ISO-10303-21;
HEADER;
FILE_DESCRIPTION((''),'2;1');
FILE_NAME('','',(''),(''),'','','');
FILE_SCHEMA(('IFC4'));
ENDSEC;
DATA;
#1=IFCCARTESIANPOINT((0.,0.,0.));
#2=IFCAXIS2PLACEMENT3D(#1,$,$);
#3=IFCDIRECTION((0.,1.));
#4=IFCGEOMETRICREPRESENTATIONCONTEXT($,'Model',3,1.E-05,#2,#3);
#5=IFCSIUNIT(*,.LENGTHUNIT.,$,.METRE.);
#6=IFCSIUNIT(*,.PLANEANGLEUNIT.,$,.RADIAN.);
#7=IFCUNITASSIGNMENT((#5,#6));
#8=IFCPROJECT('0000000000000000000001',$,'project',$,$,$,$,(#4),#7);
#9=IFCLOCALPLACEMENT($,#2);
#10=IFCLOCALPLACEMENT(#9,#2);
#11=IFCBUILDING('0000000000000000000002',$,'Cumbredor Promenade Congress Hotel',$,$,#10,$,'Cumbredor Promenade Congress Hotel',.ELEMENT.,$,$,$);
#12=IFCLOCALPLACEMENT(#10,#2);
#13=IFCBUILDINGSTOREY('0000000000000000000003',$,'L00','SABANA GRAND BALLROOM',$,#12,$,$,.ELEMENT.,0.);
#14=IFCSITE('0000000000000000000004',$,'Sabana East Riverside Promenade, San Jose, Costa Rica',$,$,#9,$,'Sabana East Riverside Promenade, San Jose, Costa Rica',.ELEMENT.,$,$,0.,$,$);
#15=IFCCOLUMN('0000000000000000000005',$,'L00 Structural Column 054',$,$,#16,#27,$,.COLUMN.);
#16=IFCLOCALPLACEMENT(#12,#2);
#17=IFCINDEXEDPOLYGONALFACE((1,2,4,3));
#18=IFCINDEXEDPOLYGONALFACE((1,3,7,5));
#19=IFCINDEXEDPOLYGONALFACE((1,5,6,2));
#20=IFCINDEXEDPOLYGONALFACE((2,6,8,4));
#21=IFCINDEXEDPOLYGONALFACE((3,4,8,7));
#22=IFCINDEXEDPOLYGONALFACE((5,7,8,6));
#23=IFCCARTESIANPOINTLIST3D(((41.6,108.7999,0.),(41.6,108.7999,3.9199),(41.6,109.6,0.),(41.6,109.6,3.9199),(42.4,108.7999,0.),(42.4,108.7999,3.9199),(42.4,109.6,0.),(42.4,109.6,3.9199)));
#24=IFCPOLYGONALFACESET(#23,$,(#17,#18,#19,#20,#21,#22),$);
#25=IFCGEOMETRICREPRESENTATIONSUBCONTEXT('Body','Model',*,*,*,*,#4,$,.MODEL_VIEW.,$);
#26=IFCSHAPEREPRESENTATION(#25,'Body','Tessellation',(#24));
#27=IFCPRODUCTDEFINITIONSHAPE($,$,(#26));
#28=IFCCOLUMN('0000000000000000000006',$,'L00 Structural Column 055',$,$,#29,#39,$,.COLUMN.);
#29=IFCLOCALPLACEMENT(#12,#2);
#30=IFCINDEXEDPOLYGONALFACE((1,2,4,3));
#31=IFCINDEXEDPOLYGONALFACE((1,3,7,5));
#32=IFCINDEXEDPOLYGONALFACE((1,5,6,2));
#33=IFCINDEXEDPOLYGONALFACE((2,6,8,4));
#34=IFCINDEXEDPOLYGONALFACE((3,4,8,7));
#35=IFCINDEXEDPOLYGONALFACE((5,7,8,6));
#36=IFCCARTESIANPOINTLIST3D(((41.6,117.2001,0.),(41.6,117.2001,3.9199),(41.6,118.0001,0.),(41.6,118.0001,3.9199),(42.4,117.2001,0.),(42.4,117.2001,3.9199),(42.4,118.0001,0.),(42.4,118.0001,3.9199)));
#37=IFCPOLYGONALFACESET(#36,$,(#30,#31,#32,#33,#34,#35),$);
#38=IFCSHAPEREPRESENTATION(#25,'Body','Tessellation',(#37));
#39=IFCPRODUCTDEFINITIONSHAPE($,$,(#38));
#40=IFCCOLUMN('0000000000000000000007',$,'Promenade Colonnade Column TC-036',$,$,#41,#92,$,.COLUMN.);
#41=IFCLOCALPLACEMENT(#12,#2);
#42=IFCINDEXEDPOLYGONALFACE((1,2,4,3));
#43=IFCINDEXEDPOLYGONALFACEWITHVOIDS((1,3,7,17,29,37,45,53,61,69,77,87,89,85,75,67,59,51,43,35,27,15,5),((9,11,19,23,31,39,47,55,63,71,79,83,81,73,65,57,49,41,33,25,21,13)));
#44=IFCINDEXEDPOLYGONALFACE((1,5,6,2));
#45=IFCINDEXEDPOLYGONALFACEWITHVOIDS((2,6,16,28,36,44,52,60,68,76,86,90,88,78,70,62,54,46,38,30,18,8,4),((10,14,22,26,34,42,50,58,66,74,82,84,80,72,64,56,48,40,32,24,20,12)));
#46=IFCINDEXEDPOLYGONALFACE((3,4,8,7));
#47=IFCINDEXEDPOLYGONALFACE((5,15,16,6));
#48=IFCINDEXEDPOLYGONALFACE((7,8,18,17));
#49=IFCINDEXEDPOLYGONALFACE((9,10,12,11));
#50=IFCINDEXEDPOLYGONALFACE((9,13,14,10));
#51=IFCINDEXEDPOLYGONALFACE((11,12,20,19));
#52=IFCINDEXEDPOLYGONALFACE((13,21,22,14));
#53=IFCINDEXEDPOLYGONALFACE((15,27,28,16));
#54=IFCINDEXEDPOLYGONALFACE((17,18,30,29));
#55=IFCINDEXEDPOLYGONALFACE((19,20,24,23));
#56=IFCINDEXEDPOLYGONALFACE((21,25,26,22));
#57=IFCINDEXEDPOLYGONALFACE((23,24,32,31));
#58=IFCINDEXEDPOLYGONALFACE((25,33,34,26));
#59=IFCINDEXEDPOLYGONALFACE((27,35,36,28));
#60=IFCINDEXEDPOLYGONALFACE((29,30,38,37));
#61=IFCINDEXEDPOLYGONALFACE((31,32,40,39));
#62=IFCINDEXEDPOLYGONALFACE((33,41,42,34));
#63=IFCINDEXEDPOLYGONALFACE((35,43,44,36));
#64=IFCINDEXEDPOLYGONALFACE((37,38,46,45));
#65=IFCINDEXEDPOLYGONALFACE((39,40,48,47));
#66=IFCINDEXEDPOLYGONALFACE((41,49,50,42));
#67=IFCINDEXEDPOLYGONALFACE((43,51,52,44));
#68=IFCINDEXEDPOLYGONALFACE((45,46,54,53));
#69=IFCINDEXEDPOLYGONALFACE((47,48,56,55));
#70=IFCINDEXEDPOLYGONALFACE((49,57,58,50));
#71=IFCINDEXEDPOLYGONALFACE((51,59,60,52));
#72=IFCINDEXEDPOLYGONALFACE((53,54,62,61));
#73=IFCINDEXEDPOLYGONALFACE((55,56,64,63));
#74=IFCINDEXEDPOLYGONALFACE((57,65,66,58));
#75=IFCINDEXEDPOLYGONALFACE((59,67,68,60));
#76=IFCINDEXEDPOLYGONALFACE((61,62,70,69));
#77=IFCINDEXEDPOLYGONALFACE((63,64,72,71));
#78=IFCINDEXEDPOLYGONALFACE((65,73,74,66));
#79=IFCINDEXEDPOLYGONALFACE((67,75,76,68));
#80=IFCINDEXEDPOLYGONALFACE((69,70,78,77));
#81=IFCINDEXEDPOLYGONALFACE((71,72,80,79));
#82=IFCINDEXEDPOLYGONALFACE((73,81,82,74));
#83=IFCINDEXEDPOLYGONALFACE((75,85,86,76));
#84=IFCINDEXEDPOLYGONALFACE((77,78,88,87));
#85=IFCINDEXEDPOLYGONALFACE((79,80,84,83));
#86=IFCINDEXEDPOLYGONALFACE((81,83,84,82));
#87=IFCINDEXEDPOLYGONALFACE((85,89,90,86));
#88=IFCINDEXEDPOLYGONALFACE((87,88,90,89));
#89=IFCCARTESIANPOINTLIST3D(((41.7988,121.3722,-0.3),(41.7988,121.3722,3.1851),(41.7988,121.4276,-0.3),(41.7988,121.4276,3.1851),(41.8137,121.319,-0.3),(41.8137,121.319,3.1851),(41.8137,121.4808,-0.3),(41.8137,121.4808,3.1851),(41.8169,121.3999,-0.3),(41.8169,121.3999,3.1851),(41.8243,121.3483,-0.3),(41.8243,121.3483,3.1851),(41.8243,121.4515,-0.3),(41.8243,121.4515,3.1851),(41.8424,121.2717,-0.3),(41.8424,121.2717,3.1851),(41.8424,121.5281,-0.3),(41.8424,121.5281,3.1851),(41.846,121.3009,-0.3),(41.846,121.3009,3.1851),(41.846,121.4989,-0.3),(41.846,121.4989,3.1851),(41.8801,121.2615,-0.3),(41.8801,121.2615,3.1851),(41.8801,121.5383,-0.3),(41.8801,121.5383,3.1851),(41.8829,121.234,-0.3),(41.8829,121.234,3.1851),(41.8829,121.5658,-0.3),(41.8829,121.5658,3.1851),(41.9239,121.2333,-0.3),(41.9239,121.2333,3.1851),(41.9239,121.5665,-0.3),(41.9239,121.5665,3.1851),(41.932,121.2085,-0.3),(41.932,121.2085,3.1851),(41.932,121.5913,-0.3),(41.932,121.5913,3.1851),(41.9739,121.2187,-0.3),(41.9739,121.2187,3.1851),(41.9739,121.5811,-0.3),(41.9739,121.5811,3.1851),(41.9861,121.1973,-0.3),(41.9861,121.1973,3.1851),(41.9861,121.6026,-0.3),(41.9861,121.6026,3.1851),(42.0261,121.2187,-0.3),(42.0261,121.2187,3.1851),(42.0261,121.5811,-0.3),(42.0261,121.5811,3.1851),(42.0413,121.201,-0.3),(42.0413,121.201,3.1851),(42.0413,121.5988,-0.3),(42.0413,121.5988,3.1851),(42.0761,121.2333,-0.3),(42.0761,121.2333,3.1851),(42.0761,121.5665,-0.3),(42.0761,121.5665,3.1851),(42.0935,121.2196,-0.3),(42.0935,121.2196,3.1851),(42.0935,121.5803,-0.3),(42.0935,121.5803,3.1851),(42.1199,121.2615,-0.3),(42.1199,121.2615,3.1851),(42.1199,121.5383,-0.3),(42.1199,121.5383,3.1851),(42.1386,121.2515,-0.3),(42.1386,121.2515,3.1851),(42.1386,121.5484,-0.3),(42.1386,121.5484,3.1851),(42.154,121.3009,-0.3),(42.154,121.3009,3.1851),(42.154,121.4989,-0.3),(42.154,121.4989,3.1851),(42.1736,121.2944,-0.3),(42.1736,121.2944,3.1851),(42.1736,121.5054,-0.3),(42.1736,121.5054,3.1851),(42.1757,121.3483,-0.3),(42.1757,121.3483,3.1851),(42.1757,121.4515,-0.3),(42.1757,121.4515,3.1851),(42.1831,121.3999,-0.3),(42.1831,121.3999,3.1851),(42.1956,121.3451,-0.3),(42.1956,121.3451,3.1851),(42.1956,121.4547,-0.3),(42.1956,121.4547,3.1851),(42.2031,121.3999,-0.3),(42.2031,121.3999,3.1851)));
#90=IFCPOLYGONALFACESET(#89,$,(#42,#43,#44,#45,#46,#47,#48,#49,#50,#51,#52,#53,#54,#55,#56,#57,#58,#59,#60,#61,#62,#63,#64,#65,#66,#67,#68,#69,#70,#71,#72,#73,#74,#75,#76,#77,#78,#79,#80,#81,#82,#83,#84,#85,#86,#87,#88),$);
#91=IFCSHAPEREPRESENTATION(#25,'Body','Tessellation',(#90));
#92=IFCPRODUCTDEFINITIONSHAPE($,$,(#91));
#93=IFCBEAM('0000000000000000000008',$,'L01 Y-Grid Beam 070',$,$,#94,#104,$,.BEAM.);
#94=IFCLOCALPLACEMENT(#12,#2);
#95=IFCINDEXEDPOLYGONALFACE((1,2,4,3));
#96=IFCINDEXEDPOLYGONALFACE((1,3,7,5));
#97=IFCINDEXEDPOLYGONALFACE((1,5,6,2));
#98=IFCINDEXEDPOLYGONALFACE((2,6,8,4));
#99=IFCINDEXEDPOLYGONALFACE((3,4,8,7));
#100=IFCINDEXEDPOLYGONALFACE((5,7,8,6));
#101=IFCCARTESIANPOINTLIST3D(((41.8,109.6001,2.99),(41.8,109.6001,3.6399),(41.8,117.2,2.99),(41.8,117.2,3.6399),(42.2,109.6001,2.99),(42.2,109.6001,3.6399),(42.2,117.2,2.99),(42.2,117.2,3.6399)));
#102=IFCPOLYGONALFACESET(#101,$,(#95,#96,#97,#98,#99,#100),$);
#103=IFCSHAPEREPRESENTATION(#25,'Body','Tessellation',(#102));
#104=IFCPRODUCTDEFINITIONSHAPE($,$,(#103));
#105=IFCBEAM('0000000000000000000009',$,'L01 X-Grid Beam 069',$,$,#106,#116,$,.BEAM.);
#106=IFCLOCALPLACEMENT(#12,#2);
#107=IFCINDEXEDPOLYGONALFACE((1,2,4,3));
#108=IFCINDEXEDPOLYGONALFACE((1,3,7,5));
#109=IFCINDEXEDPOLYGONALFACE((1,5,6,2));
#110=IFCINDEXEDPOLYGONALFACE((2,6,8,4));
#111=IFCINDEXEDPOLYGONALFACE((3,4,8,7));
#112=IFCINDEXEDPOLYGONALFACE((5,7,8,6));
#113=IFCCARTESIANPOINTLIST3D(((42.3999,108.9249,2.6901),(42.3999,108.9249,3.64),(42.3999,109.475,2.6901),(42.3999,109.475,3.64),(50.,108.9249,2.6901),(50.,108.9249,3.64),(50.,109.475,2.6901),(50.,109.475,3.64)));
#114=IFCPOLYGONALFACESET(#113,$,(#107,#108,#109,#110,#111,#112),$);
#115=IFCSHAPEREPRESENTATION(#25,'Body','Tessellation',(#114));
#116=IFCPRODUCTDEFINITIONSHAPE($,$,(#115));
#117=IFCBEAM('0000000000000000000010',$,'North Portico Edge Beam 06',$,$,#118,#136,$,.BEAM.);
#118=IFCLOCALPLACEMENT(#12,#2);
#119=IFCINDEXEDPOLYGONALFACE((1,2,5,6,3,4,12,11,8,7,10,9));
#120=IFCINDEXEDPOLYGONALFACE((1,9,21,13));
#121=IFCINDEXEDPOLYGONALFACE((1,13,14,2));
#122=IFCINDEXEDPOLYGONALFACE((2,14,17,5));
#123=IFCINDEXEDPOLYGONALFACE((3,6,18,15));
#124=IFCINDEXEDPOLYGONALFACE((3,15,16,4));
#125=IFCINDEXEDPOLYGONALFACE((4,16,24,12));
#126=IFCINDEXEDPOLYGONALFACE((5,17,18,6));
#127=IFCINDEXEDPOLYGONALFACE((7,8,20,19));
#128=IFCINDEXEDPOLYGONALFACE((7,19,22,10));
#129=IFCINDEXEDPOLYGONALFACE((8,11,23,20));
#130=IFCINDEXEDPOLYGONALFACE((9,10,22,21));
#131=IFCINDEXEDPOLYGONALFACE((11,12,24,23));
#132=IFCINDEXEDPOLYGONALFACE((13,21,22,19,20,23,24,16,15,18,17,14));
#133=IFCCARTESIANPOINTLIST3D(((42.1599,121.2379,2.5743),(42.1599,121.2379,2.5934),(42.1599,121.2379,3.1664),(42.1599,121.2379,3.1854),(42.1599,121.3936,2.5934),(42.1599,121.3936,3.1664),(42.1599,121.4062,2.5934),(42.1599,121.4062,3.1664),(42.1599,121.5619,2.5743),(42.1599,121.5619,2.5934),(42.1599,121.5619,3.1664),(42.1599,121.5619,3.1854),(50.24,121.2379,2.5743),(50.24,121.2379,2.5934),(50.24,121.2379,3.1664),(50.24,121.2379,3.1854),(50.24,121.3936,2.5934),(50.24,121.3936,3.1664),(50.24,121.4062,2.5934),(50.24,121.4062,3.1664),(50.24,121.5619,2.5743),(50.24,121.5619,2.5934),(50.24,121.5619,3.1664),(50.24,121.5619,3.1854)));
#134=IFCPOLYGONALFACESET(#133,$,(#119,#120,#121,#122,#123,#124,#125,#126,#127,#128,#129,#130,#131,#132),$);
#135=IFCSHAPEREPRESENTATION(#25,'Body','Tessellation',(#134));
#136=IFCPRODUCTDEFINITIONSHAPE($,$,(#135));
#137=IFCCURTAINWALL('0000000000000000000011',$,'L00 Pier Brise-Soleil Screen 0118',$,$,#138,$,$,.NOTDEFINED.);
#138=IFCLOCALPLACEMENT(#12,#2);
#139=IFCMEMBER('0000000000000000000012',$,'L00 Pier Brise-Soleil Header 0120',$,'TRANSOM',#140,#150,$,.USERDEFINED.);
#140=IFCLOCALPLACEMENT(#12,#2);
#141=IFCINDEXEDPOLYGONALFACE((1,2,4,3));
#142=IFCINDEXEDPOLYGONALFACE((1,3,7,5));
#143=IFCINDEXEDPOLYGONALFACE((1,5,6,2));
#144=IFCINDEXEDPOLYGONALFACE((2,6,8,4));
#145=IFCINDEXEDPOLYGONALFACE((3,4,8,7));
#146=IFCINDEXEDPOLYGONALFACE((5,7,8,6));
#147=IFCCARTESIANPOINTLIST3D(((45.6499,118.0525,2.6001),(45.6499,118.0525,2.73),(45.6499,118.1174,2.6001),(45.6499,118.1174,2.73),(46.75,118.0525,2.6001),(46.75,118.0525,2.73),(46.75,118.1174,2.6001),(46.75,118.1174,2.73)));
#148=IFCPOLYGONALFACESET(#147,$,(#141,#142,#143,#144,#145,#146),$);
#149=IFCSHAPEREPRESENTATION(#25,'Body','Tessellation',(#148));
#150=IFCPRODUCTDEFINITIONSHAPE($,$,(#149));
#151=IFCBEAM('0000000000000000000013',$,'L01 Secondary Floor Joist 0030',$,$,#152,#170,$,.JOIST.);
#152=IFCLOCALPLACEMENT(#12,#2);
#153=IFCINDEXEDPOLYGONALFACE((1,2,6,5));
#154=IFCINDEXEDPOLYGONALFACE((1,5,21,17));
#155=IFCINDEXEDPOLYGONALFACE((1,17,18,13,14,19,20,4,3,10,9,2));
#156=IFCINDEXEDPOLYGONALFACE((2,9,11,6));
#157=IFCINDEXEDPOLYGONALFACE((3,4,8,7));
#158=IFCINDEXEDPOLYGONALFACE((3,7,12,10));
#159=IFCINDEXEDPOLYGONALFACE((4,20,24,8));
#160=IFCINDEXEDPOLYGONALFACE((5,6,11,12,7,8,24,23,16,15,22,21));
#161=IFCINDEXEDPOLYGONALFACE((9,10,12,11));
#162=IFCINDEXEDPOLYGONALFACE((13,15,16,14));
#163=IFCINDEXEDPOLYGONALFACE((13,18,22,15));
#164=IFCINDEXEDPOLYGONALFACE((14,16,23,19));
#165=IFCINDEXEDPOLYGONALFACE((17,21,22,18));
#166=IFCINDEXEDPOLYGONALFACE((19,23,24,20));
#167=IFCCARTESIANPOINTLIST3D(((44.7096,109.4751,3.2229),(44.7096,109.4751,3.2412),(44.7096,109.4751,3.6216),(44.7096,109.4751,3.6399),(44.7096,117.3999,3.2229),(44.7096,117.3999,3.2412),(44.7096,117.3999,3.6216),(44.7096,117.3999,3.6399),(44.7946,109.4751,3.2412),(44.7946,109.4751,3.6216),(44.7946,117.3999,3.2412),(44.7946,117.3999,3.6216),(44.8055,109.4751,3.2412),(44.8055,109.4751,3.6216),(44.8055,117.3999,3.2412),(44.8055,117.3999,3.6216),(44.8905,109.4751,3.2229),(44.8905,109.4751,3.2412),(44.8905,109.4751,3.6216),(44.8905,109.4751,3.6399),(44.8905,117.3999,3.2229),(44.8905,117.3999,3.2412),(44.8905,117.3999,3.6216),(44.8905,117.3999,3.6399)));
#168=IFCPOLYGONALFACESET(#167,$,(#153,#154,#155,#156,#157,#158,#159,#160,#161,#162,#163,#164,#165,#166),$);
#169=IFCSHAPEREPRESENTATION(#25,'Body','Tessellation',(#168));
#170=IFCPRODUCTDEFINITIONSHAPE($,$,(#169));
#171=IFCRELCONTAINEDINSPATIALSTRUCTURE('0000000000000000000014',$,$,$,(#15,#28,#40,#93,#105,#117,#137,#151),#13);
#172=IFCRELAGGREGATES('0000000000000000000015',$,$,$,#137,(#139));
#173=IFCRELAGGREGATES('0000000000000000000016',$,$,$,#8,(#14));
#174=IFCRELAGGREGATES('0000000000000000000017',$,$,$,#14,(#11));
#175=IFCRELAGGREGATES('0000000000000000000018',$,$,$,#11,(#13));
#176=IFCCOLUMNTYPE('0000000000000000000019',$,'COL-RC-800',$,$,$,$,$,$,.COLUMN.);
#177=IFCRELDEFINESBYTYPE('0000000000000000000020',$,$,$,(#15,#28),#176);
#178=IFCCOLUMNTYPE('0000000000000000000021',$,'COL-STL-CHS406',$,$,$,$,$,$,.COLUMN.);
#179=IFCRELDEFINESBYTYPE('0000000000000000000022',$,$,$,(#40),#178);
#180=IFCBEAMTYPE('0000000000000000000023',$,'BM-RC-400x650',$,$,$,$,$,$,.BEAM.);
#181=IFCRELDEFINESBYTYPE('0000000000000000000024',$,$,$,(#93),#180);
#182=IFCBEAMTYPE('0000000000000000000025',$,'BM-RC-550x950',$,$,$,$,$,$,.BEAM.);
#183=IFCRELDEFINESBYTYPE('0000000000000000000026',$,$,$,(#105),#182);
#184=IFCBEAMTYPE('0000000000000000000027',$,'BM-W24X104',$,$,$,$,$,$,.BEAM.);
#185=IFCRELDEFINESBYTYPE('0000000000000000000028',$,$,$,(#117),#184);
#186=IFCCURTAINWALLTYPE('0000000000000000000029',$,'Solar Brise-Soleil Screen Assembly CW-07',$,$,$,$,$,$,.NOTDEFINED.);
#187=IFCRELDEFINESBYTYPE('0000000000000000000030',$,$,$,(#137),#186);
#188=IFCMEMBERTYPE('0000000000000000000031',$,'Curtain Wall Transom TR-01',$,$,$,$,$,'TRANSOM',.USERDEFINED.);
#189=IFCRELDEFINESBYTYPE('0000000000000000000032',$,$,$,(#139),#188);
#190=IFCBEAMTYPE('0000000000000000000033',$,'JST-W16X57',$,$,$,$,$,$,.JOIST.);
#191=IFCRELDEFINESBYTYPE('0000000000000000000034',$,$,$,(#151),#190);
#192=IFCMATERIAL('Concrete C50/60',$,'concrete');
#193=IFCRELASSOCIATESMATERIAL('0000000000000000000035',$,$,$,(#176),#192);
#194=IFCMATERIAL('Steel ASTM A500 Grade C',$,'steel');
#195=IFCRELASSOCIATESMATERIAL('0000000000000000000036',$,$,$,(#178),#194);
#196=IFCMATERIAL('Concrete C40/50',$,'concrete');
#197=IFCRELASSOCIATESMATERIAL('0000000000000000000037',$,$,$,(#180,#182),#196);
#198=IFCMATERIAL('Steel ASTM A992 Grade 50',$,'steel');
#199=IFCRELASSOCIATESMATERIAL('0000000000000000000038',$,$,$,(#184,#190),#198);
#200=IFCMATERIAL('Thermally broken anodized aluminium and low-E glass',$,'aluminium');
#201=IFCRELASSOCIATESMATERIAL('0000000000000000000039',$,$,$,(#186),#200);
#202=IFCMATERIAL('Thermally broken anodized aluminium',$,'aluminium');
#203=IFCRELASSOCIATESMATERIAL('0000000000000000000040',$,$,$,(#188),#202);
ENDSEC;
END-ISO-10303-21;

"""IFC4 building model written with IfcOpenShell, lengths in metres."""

from ifc_helpers import new_model, si_unit, direction, frame, origin, origin_2d, place, context, subcontext, project, spatial, rectangle, hollow_circle, i_section, extrude, material, material_profile, profile_set, type_object, element, aggregate, save


model = new_model("IFC4")

# Units and contexts
model_context = context("Model", 3, precision=1e-05, world=origin(), true_north=direction((0.0, 1.0)))
body_context = subcontext(model_context, "Body", "Model", "MODEL_VIEW")
ifc_project = project(units=[si_unit("LENGTHUNIT", "METRE"), si_unit("PLANEANGLEUNIT", "RADIAN")], contexts=[model_context])

# Site, building, storey
site_placement = place(None, origin())
site = spatial("IfcSite", under=ifc_project, at=site_placement, Name="Sabana East Riverside Promenade, San Jose, Costa Rica", LongName="Sabana East Riverside Promenade, San Jose, Costa Rica", CompositionType="ELEMENT", RefElevation=0.0)
building_placement = place(site_placement, origin())
building = spatial("IfcBuilding", under=site, at=building_placement, Name="Cumbredor Promenade Congress Hotel", LongName="Cumbredor Promenade Congress Hotel", CompositionType="ELEMENT")
storey_placement = place(building_placement, origin())
storey = spatial("IfcBuildingStorey", under=building, at=storey_placement, Name="L00", Description="SABANA GRAND BALLROOM", CompositionType="ELEMENT", Elevation=0.0)

# Columns
ifc_material_1 = material(Name="Concrete C50/60", Category="concrete")
ifc_material_profile_1 = material_profile(ifc_material_1, rectangle(XDim=0.8, YDim=0.8, at=origin_2d()), Name="RC 800x800")
ifc_profile_set_1 = profile_set([ifc_material_profile_1], Name="Concrete C50/60")
column_type_1 = type_object("IfcColumnType", Name="COL-RC-800", PredefinedType="COLUMN", material=ifc_profile_set_1)
for number, where, z_axis, x_axis, name in (
    (1, (42.0, 109.2, 0.0), (0.0, 0.0, 1.0), (1.0, 0.0, 0.0), "L00 Structural Column 054"),
    (2, (42.0, 117.6001, 0.0), (0.0, 0.0, 1.0), (1.0, 0.0, 0.0), "L00 Structural Column 055"),
):
    element("IfcColumn", number, at=place(storey_placement, frame(where, z_axis=z_axis, x_axis=x_axis)), inside=storey, type_object=column_type_1, Name=name, PredefinedType="COLUMN", context=body_context, shape_type="SweptSolid", body=[
        extrude(rectangle(XDim=0.8, YDim=0.8, at=origin_2d()), origin(), (0.0, 0.0, 1.0), 3.9199),
    ])
ifc_material_2 = material(Name="Steel ASTM A500 Grade C", Category="steel")
ifc_material_profile_2 = material_profile(ifc_material_2, hollow_circle(Radius=0.2031, WallThickness=0.02, at=origin_2d()), Name="CHS 406.4x20")
ifc_profile_set_2 = profile_set([ifc_material_profile_2], Name="Steel ASTM A500 Grade C")
column_type_2 = type_object("IfcColumnType", Name="COL-STL-CHS406", PredefinedType="COLUMN", material=ifc_profile_set_2)
column_placement = place(storey_placement, frame((42.0, 121.3999, -0.3), z_axis=(0.0, 0.0, 1.0), x_axis=(1.0, 0.0, 0.0)))
element("IfcColumn", 3, at=column_placement, inside=storey, type_object=column_type_2, Name="Promenade Colonnade Column TC-036", PredefinedType="COLUMN", context=body_context, shape_type="SweptSolid", body=[
    extrude(hollow_circle(Radius=0.2031, WallThickness=0.02, at=origin_2d()), origin(), (0.0, 0.0, 1.0), 3.4851),
])

# Beams
ifc_material_3 = material(Name="Concrete C40/50", Category="concrete")
ifc_material_profile_3 = material_profile(ifc_material_3, rectangle(XDim=0.3999, YDim=0.6499, at=origin_2d()), Name="RC BEAM 400x650")
ifc_profile_set_3 = profile_set([ifc_material_profile_3], Name="Concrete C40/50")
beam_type_1 = type_object("IfcBeamType", Name="BM-RC-400x650", PredefinedType="BEAM", material=ifc_profile_set_3)
beam_1_placement = place(storey_placement, frame((42.0, 109.6001, 3.3149), z_axis=(0.0, 1.0, 0.0), x_axis=(-1.0, 0.0, 0.0)))
element("IfcBeam", 4, at=beam_1_placement, inside=storey, type_object=beam_type_1, Name="L01 Y-Grid Beam 070", PredefinedType="BEAM", context=body_context, shape_type="SweptSolid", body=[
    extrude(rectangle(XDim=0.3999, YDim=0.6499, at=origin_2d()), origin(), (0.0, 0.0, 1.0), 7.5999),
])
ifc_material_profile_4 = material_profile(ifc_material_3, rectangle(XDim=0.55, YDim=0.95, at=origin_2d()), Name="RC BEAM 550x950")
ifc_profile_set_4 = profile_set([ifc_material_profile_4], Name="Concrete C40/50")
beam_type_2 = type_object("IfcBeamType", Name="BM-RC-550x950", PredefinedType="BEAM", material=ifc_profile_set_4)
beam_2_placement = place(storey_placement, frame((42.3999, 109.2, 3.165), z_axis=(1.0, 0.0, 0.0), x_axis=(0.0, 1.0, 0.0)))
element("IfcBeam", 5, at=beam_2_placement, inside=storey, type_object=beam_type_2, Name="L01 X-Grid Beam 069", PredefinedType="BEAM", context=body_context, shape_type="SweptSolid", body=[
    extrude(rectangle(XDim=0.55, YDim=0.95, at=origin_2d()), origin(), (0.0, 0.0, 1.0), 7.6001),
])
ifc_material_4 = material(Name="Steel ASTM A992 Grade 50", Category="steel")
ifc_material_profile_5 = material_profile(ifc_material_4, i_section(OverallWidth=0.324, OverallDepth=0.6111, WebThickness=0.0127, FlangeThickness=0.019, at=origin_2d()), Name="W24X104")
ifc_profile_set_5 = profile_set([ifc_material_profile_5], Name="Steel ASTM A992 Grade 50")
beam_type_3 = type_object("IfcBeamType", Name="BM-W24X104", PredefinedType="BEAM", material=ifc_profile_set_5)
beam_3_placement = place(storey_placement, frame((42.1599, 121.3999, 2.8799), z_axis=(1.0, 0.0, 0.0), x_axis=(0.0, 1.0, 0.0)))
element("IfcBeam", 6, at=beam_3_placement, inside=storey, type_object=beam_type_3, Name="North Portico Edge Beam 06", PredefinedType="BEAM", context=body_context, shape_type="SweptSolid", body=[
    extrude(i_section(OverallWidth=0.324, OverallDepth=0.6111, WebThickness=0.0127, FlangeThickness=0.019, at=origin_2d()), origin(), (0.0, 0.0, 1.0), 8.0801),
])

# Curtain wall, member
ifc_material_5 = material(Name="Thermally broken anodized aluminium and low-E glass", Category="aluminium")
curtain_wall_type = type_object("IfcCurtainWallType", Name="Solar Brise-Soleil Screen Assembly CW-07", PredefinedType="NOTDEFINED", material=ifc_material_5)
curtain_wall_placement = place(storey_placement, origin())
curtain_wall = element("IfcCurtainWall", 7, at=curtain_wall_placement, inside=storey, type_object=curtain_wall_type, Name="L00 Pier Brise-Soleil Screen 0118", PredefinedType="NOTDEFINED")
ifc_material_6 = material(Name="Thermally broken anodized aluminium", Category="aluminium")
ifc_material_profile_6 = material_profile(ifc_material_6, rectangle(XDim=0.0649, YDim=0.1299, at=origin_2d()), Name="ALU TRANSOM 65x130")
ifc_profile_set_6 = profile_set([ifc_material_profile_6], Name="Thermally broken anodized aluminium")
member_type_1 = type_object("IfcMemberType", Name="Curtain Wall Transom TR-01", ElementType="TRANSOM", PredefinedType="USERDEFINED", material=ifc_profile_set_6)
member_1_placement = place(storey_placement, frame((45.6499, 118.085, 2.665), z_axis=(1.0, 0.0, 0.0), x_axis=(0.0, 1.0, 0.0)))
member_1 = element("IfcMember", 8, at=member_1_placement, type_object=member_type_1, Name="L00 Pier Brise-Soleil Header 0120", ObjectType="TRANSOM", PredefinedType="USERDEFINED", context=body_context, shape_type="SweptSolid", body=[
    extrude(rectangle(XDim=0.0649, YDim=0.1299, at=origin_2d()), origin(), (0.0, 0.0, 1.0), 1.1001),
])

# Beam
ifc_material_profile_7 = material_profile(ifc_material_4, i_section(OverallWidth=0.1809, OverallDepth=0.417, WebThickness=0.011, FlangeThickness=0.0183, at=origin_2d()), Name="W16X57")
ifc_profile_set_7 = profile_set([ifc_material_profile_7], Name="Steel ASTM A992 Grade 50")
beam_type_4 = type_object("IfcBeamType", Name="JST-W16X57", PredefinedType="JOIST", material=ifc_profile_set_7)
for number, where, z_axis, x_axis, name in (
    (9, (44.8, 109.4751, 3.4314), (0.0, 1.0, 0.0), (-1.0, 0.0, 0.0), "L01 Secondary Floor Joist 0030"),
):
    element("IfcBeam", number, at=place(storey_placement, frame(where, z_axis=z_axis, x_axis=x_axis)), inside=storey, type_object=beam_type_4, Name=name, PredefinedType="JOIST", context=body_context, shape_type="SweptSolid", body=[
        extrude(i_section(OverallWidth=0.1809, OverallDepth=0.417, WebThickness=0.011, FlangeThickness=0.0183, at=origin_2d()), origin(), (0.0, 0.0, 1.0), 7.9248),
    ])

aggregate(curtain_wall, [member_1])

save(model, "model.ifc")
